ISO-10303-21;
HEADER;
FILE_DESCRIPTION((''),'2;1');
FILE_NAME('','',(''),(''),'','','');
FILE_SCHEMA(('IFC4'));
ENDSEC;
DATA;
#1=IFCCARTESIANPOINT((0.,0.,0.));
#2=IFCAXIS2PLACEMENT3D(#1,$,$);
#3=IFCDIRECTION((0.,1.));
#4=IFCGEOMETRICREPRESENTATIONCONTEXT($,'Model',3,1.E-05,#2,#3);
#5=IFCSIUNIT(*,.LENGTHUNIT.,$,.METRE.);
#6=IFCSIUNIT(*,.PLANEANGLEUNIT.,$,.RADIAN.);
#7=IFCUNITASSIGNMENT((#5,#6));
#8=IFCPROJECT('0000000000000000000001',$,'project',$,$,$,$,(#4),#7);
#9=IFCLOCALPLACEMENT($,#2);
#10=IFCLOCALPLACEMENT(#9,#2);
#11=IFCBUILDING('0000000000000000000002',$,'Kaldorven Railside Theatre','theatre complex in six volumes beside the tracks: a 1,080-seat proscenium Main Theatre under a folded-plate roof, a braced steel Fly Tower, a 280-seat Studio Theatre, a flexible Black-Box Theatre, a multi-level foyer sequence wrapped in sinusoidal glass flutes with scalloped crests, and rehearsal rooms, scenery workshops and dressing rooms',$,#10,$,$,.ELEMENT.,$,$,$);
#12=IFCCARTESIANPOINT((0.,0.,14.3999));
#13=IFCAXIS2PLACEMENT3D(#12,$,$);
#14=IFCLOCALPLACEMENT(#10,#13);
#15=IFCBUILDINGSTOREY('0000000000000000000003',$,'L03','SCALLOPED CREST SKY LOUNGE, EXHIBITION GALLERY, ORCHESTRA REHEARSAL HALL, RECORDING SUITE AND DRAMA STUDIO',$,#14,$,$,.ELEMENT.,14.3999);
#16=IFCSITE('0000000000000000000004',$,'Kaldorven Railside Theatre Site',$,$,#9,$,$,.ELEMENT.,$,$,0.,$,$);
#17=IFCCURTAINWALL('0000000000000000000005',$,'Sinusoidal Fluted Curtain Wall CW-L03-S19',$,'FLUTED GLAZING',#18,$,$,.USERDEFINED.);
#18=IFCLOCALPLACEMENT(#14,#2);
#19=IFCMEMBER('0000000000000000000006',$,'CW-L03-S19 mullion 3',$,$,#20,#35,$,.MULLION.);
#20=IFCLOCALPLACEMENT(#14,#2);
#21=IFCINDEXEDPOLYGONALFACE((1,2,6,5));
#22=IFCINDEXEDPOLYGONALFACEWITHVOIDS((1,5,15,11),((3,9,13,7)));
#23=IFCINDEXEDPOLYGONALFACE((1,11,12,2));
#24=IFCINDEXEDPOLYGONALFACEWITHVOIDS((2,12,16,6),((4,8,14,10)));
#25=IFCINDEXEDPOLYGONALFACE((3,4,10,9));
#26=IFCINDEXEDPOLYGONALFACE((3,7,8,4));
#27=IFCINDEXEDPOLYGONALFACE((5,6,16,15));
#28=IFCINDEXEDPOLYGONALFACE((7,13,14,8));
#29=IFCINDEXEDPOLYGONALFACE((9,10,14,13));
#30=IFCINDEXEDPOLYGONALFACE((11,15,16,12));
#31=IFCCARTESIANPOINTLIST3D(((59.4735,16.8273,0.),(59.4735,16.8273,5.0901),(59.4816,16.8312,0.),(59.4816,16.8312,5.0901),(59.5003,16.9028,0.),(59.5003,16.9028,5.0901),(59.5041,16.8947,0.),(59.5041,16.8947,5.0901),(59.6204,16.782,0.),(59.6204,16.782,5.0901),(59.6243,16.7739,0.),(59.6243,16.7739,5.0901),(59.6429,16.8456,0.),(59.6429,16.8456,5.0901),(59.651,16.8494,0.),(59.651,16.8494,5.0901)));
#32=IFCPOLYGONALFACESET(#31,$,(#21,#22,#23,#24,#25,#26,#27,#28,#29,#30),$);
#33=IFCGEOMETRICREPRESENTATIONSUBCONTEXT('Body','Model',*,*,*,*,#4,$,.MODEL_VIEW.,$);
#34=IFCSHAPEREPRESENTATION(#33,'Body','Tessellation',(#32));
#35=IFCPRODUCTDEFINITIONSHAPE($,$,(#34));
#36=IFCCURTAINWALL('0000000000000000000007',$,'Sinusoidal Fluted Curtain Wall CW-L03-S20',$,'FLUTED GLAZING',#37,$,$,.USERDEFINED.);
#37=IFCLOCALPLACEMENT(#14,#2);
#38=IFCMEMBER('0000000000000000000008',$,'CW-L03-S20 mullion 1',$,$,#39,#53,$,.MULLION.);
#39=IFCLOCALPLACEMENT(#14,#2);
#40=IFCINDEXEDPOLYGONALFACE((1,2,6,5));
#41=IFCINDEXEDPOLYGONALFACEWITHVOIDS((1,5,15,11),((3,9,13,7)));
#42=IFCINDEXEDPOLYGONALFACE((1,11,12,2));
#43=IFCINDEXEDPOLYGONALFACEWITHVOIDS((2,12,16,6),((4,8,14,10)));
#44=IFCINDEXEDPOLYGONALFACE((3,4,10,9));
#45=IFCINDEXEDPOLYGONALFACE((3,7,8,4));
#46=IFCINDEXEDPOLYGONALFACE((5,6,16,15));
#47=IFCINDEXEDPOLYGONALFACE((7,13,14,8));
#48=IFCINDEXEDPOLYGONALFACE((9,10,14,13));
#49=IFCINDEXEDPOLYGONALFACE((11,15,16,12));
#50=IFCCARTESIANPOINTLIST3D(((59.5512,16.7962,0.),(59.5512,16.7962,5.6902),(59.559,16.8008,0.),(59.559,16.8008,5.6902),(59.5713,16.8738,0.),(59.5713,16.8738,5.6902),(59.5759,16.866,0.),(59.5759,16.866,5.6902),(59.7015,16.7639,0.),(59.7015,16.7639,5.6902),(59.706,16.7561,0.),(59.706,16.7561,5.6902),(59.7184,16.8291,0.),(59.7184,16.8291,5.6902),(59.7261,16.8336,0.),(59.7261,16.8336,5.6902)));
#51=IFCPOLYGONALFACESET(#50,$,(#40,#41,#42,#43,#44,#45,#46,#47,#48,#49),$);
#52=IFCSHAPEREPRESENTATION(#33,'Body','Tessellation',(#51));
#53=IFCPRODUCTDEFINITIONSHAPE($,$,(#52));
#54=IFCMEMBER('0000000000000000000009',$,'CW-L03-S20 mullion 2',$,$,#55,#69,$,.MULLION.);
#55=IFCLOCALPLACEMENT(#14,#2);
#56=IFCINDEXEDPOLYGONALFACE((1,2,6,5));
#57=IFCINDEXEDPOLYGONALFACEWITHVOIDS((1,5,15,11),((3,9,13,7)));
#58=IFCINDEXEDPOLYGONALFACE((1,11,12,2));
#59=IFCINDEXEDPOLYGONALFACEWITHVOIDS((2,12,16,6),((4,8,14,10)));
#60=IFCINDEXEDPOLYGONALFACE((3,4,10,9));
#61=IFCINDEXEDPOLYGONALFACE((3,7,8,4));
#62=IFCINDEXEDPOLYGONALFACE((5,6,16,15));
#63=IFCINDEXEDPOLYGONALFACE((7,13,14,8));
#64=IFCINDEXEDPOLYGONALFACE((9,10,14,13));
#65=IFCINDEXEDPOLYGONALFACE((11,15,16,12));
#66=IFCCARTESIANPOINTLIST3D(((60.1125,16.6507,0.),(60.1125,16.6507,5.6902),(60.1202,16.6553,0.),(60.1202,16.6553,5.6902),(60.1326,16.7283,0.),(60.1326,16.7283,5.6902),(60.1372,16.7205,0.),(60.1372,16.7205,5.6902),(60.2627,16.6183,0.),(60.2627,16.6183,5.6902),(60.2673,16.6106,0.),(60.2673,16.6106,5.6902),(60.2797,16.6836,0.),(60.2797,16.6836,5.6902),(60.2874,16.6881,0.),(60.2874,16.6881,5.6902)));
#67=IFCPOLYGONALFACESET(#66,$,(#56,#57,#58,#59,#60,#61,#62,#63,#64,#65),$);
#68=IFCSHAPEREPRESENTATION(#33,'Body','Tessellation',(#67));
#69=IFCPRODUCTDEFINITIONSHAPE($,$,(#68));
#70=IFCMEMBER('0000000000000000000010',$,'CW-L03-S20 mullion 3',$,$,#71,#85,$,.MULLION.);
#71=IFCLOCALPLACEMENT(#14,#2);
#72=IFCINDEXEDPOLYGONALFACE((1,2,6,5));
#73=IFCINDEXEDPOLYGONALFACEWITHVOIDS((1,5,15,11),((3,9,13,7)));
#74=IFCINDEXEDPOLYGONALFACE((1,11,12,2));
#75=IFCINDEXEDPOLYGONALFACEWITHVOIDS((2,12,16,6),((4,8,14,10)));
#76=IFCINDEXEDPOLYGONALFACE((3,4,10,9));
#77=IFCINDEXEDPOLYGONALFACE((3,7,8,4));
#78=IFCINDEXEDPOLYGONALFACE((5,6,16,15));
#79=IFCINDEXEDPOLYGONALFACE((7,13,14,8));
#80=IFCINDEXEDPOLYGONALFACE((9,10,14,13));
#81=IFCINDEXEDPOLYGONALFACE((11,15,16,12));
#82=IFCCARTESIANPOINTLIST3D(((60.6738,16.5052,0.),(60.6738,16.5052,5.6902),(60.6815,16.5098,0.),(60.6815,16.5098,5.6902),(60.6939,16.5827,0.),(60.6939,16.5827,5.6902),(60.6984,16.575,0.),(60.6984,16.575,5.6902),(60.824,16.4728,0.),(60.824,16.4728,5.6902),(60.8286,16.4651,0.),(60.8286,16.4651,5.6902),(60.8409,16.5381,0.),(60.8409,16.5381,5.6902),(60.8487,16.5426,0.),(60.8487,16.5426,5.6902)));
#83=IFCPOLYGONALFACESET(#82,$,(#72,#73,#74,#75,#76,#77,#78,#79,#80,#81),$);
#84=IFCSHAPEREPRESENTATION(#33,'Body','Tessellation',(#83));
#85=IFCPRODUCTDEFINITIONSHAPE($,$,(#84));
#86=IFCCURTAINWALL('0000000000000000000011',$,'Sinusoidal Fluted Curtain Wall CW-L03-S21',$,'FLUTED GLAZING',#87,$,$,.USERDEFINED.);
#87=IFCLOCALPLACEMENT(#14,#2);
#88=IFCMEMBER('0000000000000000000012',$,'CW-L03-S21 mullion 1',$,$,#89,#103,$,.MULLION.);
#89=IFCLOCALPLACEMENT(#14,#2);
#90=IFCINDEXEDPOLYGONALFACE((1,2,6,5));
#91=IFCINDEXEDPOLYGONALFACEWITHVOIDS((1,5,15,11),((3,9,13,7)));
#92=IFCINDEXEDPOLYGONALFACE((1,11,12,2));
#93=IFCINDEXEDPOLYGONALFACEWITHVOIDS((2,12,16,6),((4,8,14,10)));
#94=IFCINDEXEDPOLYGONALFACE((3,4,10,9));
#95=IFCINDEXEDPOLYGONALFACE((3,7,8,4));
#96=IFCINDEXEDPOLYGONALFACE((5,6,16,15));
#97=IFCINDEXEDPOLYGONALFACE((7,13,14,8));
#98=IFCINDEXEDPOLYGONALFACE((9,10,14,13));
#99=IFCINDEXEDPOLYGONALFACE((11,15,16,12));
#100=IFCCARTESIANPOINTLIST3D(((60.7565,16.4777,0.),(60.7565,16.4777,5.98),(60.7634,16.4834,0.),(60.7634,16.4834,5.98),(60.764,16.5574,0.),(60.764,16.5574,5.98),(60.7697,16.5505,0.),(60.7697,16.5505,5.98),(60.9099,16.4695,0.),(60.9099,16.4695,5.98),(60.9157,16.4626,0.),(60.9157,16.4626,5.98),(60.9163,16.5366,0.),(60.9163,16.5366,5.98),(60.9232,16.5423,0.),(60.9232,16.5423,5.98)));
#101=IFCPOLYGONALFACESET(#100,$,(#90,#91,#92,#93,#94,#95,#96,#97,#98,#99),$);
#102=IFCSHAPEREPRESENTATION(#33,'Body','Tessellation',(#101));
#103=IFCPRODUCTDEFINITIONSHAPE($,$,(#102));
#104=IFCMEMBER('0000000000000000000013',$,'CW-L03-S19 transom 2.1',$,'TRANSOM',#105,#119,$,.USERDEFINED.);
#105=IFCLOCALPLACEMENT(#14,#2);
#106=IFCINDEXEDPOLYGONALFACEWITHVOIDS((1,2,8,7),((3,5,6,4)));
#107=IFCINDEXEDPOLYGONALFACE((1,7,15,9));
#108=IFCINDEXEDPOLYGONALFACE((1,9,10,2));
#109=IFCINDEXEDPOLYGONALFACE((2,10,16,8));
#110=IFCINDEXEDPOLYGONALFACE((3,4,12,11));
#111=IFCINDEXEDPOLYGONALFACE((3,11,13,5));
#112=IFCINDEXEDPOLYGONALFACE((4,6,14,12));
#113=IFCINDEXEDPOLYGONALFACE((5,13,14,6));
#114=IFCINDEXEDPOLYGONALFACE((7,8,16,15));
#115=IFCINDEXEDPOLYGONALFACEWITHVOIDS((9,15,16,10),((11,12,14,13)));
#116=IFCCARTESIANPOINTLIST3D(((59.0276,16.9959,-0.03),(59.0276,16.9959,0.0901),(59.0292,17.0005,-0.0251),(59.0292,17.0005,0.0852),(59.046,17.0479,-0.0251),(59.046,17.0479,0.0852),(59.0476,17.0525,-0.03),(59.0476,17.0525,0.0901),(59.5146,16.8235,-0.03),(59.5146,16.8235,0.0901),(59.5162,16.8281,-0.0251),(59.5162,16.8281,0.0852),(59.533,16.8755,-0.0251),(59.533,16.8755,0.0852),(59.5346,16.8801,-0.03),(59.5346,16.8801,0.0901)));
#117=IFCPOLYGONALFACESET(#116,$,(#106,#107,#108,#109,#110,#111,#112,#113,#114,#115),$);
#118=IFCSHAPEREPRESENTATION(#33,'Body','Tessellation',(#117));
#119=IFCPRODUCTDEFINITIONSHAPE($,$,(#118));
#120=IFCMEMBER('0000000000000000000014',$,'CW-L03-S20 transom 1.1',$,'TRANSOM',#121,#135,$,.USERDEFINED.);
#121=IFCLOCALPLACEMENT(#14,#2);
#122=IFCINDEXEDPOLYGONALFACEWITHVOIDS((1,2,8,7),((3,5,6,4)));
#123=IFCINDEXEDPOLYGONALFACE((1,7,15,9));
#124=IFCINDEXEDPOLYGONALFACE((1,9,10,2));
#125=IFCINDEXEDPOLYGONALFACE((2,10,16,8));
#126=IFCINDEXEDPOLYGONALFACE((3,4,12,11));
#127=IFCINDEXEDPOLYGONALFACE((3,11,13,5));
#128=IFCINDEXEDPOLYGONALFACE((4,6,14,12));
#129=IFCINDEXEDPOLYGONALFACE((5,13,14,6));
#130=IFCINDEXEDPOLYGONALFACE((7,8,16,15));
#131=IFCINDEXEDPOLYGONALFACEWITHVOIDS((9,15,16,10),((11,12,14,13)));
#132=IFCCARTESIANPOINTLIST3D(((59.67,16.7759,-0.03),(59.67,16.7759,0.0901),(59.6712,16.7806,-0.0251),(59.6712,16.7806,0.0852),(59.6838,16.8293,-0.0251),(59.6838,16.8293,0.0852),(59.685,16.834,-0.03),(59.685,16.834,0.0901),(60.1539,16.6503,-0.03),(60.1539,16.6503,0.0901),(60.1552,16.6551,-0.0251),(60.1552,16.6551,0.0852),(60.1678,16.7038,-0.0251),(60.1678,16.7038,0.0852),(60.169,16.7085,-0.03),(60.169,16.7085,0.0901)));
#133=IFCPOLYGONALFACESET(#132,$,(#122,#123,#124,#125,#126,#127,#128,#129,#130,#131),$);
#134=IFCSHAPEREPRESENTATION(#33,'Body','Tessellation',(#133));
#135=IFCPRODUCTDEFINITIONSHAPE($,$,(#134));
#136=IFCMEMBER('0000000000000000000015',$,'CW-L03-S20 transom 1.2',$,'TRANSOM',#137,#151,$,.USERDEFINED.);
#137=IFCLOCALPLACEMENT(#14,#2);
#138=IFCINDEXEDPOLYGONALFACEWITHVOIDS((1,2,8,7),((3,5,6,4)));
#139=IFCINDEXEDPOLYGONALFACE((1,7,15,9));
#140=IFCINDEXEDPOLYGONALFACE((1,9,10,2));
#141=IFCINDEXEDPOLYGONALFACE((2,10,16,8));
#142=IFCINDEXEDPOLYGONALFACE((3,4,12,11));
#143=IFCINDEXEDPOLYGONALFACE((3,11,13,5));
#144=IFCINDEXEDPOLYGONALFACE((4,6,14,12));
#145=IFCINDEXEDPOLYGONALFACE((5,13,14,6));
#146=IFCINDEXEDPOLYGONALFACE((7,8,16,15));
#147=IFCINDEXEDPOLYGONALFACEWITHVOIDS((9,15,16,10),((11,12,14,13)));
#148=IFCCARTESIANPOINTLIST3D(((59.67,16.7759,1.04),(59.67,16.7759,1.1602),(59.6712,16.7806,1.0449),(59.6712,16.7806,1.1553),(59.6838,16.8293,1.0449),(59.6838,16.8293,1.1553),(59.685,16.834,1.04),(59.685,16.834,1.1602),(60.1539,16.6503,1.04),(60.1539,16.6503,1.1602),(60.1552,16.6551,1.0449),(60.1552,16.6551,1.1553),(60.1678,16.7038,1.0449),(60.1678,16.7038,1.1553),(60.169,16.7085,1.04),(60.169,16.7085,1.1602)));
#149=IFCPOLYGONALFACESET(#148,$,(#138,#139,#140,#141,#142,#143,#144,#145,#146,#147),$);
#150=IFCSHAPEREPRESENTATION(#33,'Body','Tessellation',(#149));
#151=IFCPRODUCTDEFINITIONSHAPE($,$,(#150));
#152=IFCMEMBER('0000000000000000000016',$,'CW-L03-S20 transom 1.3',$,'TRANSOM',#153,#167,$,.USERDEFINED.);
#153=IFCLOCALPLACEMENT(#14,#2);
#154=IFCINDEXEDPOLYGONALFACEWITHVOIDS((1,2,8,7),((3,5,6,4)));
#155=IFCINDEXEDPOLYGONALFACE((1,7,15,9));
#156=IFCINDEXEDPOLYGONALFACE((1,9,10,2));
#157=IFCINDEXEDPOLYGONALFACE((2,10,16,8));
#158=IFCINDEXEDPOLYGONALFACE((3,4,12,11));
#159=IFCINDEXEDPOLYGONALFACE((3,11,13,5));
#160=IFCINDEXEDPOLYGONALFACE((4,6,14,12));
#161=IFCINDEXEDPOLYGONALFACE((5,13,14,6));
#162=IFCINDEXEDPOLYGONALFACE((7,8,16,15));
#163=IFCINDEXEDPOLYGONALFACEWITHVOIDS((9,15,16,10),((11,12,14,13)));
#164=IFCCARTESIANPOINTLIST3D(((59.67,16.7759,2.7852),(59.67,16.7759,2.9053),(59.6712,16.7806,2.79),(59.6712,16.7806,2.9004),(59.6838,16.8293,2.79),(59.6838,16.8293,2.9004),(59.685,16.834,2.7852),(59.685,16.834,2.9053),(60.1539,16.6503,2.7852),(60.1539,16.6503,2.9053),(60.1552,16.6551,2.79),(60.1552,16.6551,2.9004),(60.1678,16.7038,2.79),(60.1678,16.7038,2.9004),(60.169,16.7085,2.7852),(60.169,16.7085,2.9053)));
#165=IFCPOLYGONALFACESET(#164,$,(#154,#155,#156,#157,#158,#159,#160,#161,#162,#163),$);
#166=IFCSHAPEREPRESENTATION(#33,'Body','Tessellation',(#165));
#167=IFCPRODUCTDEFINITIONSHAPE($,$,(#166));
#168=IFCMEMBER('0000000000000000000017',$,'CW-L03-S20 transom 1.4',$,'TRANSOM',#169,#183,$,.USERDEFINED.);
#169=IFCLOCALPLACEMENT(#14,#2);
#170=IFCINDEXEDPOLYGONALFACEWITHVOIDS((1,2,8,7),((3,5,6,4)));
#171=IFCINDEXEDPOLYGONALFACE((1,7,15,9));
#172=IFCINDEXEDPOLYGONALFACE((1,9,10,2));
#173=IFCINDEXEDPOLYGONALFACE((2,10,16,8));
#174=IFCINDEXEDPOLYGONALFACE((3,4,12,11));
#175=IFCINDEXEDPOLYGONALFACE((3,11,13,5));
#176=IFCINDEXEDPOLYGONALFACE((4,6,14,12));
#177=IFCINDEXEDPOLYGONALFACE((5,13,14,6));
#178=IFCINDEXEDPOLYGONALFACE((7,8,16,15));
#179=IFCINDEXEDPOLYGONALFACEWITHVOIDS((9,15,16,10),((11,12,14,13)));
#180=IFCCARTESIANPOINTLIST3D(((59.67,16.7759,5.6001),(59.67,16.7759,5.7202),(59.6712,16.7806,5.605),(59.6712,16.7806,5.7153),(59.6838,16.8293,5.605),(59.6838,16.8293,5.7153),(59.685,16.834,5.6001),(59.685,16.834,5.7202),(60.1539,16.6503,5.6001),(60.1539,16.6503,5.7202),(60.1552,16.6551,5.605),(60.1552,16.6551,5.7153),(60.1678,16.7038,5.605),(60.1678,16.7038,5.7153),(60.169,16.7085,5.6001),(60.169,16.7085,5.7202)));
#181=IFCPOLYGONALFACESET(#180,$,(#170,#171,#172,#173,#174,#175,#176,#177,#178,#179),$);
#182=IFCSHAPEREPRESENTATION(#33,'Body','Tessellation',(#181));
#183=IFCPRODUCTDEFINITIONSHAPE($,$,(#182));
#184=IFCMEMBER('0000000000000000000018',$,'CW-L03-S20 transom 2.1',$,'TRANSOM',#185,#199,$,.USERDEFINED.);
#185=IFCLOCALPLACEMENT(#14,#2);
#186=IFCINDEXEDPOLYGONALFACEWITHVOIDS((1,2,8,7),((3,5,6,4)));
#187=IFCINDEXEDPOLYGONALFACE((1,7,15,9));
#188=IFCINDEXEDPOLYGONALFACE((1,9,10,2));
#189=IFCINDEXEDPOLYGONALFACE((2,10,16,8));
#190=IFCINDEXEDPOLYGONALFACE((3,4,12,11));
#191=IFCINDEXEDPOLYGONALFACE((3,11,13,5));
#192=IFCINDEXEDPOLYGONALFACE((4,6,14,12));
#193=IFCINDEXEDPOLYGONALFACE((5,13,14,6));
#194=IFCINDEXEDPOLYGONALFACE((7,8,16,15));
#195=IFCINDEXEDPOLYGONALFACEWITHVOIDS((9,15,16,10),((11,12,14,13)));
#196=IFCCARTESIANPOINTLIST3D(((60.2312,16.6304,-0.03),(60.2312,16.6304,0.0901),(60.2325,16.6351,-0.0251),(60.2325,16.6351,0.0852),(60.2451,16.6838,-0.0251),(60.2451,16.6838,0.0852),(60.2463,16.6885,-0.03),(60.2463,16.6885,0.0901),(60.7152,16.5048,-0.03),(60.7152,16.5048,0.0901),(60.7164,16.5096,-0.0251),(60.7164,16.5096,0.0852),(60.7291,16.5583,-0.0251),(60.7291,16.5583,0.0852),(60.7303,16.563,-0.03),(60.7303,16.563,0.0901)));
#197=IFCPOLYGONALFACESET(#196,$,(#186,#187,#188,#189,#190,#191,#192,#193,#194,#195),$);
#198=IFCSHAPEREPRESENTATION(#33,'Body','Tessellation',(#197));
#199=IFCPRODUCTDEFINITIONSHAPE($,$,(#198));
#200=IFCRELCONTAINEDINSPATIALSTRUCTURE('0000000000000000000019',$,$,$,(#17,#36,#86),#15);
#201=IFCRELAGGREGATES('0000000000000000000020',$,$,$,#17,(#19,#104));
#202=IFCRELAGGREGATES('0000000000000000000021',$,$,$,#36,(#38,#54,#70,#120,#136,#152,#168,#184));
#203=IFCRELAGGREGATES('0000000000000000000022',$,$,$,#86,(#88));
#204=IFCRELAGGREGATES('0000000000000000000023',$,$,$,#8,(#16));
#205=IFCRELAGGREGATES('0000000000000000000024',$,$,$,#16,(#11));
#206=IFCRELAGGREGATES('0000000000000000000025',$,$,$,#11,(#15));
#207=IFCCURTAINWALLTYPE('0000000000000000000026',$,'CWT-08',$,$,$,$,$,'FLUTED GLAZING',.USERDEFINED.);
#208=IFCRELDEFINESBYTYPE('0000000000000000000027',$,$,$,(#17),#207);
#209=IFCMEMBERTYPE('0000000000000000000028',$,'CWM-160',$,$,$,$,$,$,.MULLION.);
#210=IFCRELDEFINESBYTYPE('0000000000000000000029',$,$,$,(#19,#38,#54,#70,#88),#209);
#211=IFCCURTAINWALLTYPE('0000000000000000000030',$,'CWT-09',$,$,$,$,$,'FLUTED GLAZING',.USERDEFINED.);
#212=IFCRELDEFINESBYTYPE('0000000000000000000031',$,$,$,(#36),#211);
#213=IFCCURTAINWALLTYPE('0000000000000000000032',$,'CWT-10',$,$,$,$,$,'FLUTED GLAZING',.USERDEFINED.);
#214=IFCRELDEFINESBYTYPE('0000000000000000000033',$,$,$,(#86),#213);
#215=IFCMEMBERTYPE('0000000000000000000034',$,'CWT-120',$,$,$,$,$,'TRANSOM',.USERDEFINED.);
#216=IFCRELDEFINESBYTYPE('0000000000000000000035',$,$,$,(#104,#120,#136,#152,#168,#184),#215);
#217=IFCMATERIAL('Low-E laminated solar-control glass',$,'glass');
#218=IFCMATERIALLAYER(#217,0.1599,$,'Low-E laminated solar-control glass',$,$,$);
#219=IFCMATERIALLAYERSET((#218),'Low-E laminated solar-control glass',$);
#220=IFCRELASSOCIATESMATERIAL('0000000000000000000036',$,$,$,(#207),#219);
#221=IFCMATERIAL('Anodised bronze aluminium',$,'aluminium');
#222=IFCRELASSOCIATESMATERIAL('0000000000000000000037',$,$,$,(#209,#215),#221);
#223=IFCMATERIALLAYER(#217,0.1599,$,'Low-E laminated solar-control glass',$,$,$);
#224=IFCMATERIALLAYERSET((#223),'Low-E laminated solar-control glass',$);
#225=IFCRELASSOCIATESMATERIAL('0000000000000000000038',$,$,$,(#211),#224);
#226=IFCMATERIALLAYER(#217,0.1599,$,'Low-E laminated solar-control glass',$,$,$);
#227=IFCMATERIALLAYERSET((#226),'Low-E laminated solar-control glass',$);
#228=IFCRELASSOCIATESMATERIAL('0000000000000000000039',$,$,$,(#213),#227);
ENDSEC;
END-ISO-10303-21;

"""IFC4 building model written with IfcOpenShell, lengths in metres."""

from ifc_helpers import new_model, si_unit, direction, frame, origin, origin_2d, place, context, subcontext, project, spatial, hollow_rectangle, extrude, material, layer, layer_set, material_profile, profile_set, type_object, element, aggregate, save


model = new_model("IFC4")

# Units and contexts
model_context = context("Model", 3, precision=1e-05, world=origin(), true_north=direction((0.0, 1.0)))
body_context = subcontext(model_context, "Body", "Model", "MODEL_VIEW")
ifc_project = project(units=[si_unit("LENGTHUNIT", "METRE"), si_unit("PLANEANGLEUNIT", "RADIAN")], contexts=[model_context])

# Site, building, storey
site_placement = place(None, origin())
site = spatial("IfcSite", under=ifc_project, at=site_placement, Name="Kaldorven Railside Theatre Site", CompositionType="ELEMENT", RefElevation=0.0)
building_placement = place(site_placement, origin())
building = spatial("IfcBuilding", under=site, at=building_placement, Name="Kaldorven Railside Theatre", Description="theatre complex in six volumes beside the tracks: a 1,080-seat proscenium Main Theatre under a folded-plate roof, a braced steel Fly Tower, a 280-seat Studio Theatre, a flexible Black-Box Theatre, a multi-level foyer sequence wrapped in sinusoidal glass flutes with scalloped crests, and rehearsal rooms, scenery workshops and dressing rooms", CompositionType="ELEMENT")
storey_placement = place(building_placement, frame((0.0, 0.0, 14.3999)))
storey = spatial("IfcBuildingStorey", under=building, at=storey_placement, Name="L03", Description="SCALLOPED CREST SKY LOUNGE, EXHIBITION GALLERY, ORCHESTRA REHEARSAL HALL, RECORDING SUITE AND DRAMA STUDIO", CompositionType="ELEMENT", Elevation=14.3999)

# Curtain wall, member
ifc_material_1 = material(Name="Low-E laminated solar-control glass", Category="glass")
ifc_layer_1 = layer(ifc_material_1, 0.1599, Name="Low-E laminated solar-control glass")
ifc_layer_set_1 = layer_set([ifc_layer_1], Name="Low-E laminated solar-control glass")
curtain_wall_type_1 = type_object("IfcCurtainWallType", Name="CWT-08", ElementType="FLUTED GLAZING", PredefinedType="USERDEFINED", material=ifc_layer_set_1)
curtain_wall_1_placement = place(storey_placement, origin())
curtain_wall_1 = element("IfcCurtainWall", 1, at=curtain_wall_1_placement, inside=storey, type_object=curtain_wall_type_1, Name="Sinusoidal Fluted Curtain Wall CW-L03-S19", ObjectType="FLUTED GLAZING", PredefinedType="USERDEFINED")
ifc_material_2 = material(Name="Anodised bronze aluminium", Category="aluminium")
ifc_material_profile_1 = material_profile(ifc_material_2, hollow_rectangle(XDim=0.0801, YDim=0.1599, WallThickness=0.0063, at=origin_2d()), Name="RHS 160x80x6.3")
ifc_profile_set_1 = profile_set([ifc_material_profile_1], Name="Anodised bronze aluminium")
member_type_1 = type_object("IfcMemberType", Name="CWM-160", PredefinedType="MULLION", material=ifc_profile_set_1)
member_1_placement = place(storey_placement, frame((59.5623, 16.8384, 0.0), z_axis=(0.0, 0.0, 1.0), x_axis=(0.333847, 0.942627, 0.0)))
member_1 = element("IfcMember", 2, at=member_1_placement, type_object=member_type_1, Name="CW-L03-S19 mullion 3", PredefinedType="MULLION", context=body_context, shape_type="SweptSolid", body=[
    extrude(hollow_rectangle(XDim=0.0801, YDim=0.1599, WallThickness=0.0063, at=origin_2d()), origin(), (0.0, 0.0, 1.0), 5.0901),
])

# Curtain wall, members
ifc_layer_2 = layer(ifc_material_1, 0.1599, Name="Low-E laminated solar-control glass")
ifc_layer_set_2 = layer_set([ifc_layer_2], Name="Low-E laminated solar-control glass")
curtain_wall_type_2 = type_object("IfcCurtainWallType", Name="CWT-09", ElementType="FLUTED GLAZING", PredefinedType="USERDEFINED", material=ifc_layer_set_2)
curtain_wall_2_placement = place(storey_placement, origin())
curtain_wall_2 = element("IfcCurtainWall", 3, at=curtain_wall_2_placement, inside=storey, type_object=curtain_wall_type_2, Name="Sinusoidal Fluted Curtain Wall CW-L03-S20", ObjectType="FLUTED GLAZING", PredefinedType="USERDEFINED")
member_2_placement = place(storey_placement, frame((59.6387, 16.8149, 0.0), z_axis=(0.0, 0.0, 1.0), x_axis=(0.250954, 0.967999, 0.0)))
member_2 = element("IfcMember", 4, at=member_2_placement, type_object=member_type_1, Name="CW-L03-S20 mullion 1", PredefinedType="MULLION", context=body_context, shape_type="SweptSolid", body=[
    extrude(hollow_rectangle(XDim=0.0801, YDim=0.1599, WallThickness=0.0063, at=origin_2d()), origin(), (0.0, 0.0, 1.0), 5.6902),
])
member_3_placement = place(storey_placement, frame((60.2, 16.6694, 0.0), z_axis=(0.0, 0.0, 1.0), x_axis=(0.250954, 0.967999, 0.0)))
member_3 = element("IfcMember", 5, at=member_3_placement, type_object=member_type_1, Name="CW-L03-S20 mullion 2", PredefinedType="MULLION", context=body_context, shape_type="SweptSolid", body=[
    extrude(hollow_rectangle(XDim=0.0801, YDim=0.1599, WallThickness=0.0063, at=origin_2d()), origin(), (0.0, 0.0, 1.0), 5.6902),
])
member_4_placement = place(storey_placement, frame((60.7612, 16.5239, 0.0), z_axis=(0.0, 0.0, 1.0), x_axis=(0.250954, 0.967999, 0.0)))
member_4 = element("IfcMember", 6, at=member_4_placement, type_object=member_type_1, Name="CW-L03-S20 mullion 3", PredefinedType="MULLION", context=body_context, shape_type="SweptSolid", body=[
    extrude(hollow_rectangle(XDim=0.0801, YDim=0.1599, WallThickness=0.0063, at=origin_2d()), origin(), (0.0, 0.0, 1.0), 5.6902),
])

# Curtain wall, member
ifc_layer_3 = layer(ifc_material_1, 0.1599, Name="Low-E laminated solar-control glass")
ifc_layer_set_3 = layer_set([ifc_layer_3], Name="Low-E laminated solar-control glass")
curtain_wall_type_3 = type_object("IfcCurtainWallType", Name="CWT-10", ElementType="FLUTED GLAZING", PredefinedType="USERDEFINED", material=ifc_layer_set_3)
curtain_wall_3_placement = place(storey_placement, origin())
curtain_wall_3 = element("IfcCurtainWall", 7, at=curtain_wall_3_placement, inside=storey, type_object=curtain_wall_type_3, Name="Sinusoidal Fluted Curtain Wall CW-L03-S21", ObjectType="FLUTED GLAZING", PredefinedType="USERDEFINED")
member_5_placement = place(storey_placement, frame((60.8398, 16.51, 0.0), z_axis=(0.0, 0.0, 1.0), x_axis=(0.094492, 0.995526, 0.0)))
member_5 = element("IfcMember", 8, at=member_5_placement, type_object=member_type_1, Name="CW-L03-S21 mullion 1", PredefinedType="MULLION", context=body_context, shape_type="SweptSolid", body=[
    extrude(hollow_rectangle(XDim=0.0801, YDim=0.1599, WallThickness=0.0063, at=origin_2d()), origin(), (0.0, 0.0, 1.0), 5.98),
])

# Members
ifc_material_profile_2 = material_profile(ifc_material_2, hollow_rectangle(XDim=0.0601, YDim=0.1201, WallThickness=0.0049, at=origin_2d()), Name="RHS 120x60x5")
ifc_profile_set_2 = profile_set([ifc_material_profile_2], Name="Anodised bronze aluminium")
member_type_2 = type_object("IfcMemberType", Name="CWT-120", ElementType="TRANSOM", PredefinedType="USERDEFINED", material=ifc_profile_set_2)
member_6_placement = place(storey_placement, frame((59.0376, 17.0242, 0.03), z_axis=(0.942711, -0.333611, 0.0), x_axis=(0.333611, 0.942711, 0.0)))
member_6 = element("IfcMember", 9, at=member_6_placement, type_object=member_type_2, Name="CW-L03-S19 transom 2.1", ObjectType="TRANSOM", PredefinedType="USERDEFINED", context=body_context, shape_type="SweptSolid", body=[
    extrude(hollow_rectangle(XDim=0.0601, YDim=0.1201, WallThickness=0.0049, at=origin_2d()), origin(), (0.0, 0.0, 1.0), 0.5166),
])
member_7_placement = place(storey_placement, frame((59.6775, 16.8049, 0.03), z_axis=(0.967979, -0.25103, 0.0), x_axis=(0.25103, 0.967979, 0.0)))
member_7 = element("IfcMember", 10, at=member_7_placement, type_object=member_type_2, Name="CW-L03-S20 transom 1.1", ObjectType="TRANSOM", PredefinedType="USERDEFINED", context=body_context, shape_type="SweptSolid", body=[
    extrude(hollow_rectangle(XDim=0.0601, YDim=0.1201, WallThickness=0.0049, at=origin_2d()), origin(), (0.0, 0.0, 1.0), 0.5),
])
member_8_placement = place(storey_placement, frame((59.6775, 16.8049, 1.1001), z_axis=(0.967979, -0.25103, 0.0), x_axis=(0.25103, 0.967979, 0.0)))
member_8 = element("IfcMember", 11, at=member_8_placement, type_object=member_type_2, Name="CW-L03-S20 transom 1.2", ObjectType="TRANSOM", PredefinedType="USERDEFINED", context=body_context, shape_type="SweptSolid", body=[
    extrude(hollow_rectangle(XDim=0.0601, YDim=0.1201, WallThickness=0.0049, at=origin_2d()), origin(), (0.0, 0.0, 1.0), 0.5),
])
member_9_placement = place(storey_placement, frame((59.6775, 16.8049, 2.8452), z_axis=(0.967979, -0.25103, 0.0), x_axis=(0.25103, 0.967979, 0.0)))
member_9 = element("IfcMember", 12, at=member_9_placement, type_object=member_type_2, Name="CW-L03-S20 transom 1.3", ObjectType="TRANSOM", PredefinedType="USERDEFINED", context=body_context, shape_type="SweptSolid", body=[
    extrude(hollow_rectangle(XDim=0.0601, YDim=0.1201, WallThickness=0.0049, at=origin_2d()), origin(), (0.0, 0.0, 1.0), 0.5),
])
member_10_placement = place(storey_placement, frame((59.6775, 16.8049, 5.6602), z_axis=(0.967979, -0.25103, 0.0), x_axis=(0.25103, 0.967979, 0.0)))
member_10 = element("IfcMember", 13, at=member_10_placement, type_object=member_type_2, Name="CW-L03-S20 transom 1.4", ObjectType="TRANSOM", PredefinedType="USERDEFINED", context=body_context, shape_type="SweptSolid", body=[
    extrude(hollow_rectangle(XDim=0.0601, YDim=0.1201, WallThickness=0.0049, at=origin_2d()), origin(), (0.0, 0.0, 1.0), 0.5),
])
member_11_placement = place(storey_placement, frame((60.2388, 16.6594, 0.03), z_axis=(0.967979, -0.25103, 0.0), x_axis=(0.25103, 0.967979, 0.0)))
member_11 = element("IfcMember", 14, at=member_11_placement, type_object=member_type_2, Name="CW-L03-S20 transom 2.1", ObjectType="TRANSOM", PredefinedType="USERDEFINED", context=body_context, shape_type="SweptSolid", body=[
    extrude(hollow_rectangle(XDim=0.0601, YDim=0.1201, WallThickness=0.0049, at=origin_2d()), origin(), (0.0, 0.0, 1.0), 0.5),
])

aggregate(curtain_wall_1, [member_1, member_6])
aggregate(curtain_wall_2, [member_2, member_3, member_4, member_7, member_8, member_9, member_10, member_11])
aggregate(curtain_wall_3, [member_5])

save(model, "model.ifc")
